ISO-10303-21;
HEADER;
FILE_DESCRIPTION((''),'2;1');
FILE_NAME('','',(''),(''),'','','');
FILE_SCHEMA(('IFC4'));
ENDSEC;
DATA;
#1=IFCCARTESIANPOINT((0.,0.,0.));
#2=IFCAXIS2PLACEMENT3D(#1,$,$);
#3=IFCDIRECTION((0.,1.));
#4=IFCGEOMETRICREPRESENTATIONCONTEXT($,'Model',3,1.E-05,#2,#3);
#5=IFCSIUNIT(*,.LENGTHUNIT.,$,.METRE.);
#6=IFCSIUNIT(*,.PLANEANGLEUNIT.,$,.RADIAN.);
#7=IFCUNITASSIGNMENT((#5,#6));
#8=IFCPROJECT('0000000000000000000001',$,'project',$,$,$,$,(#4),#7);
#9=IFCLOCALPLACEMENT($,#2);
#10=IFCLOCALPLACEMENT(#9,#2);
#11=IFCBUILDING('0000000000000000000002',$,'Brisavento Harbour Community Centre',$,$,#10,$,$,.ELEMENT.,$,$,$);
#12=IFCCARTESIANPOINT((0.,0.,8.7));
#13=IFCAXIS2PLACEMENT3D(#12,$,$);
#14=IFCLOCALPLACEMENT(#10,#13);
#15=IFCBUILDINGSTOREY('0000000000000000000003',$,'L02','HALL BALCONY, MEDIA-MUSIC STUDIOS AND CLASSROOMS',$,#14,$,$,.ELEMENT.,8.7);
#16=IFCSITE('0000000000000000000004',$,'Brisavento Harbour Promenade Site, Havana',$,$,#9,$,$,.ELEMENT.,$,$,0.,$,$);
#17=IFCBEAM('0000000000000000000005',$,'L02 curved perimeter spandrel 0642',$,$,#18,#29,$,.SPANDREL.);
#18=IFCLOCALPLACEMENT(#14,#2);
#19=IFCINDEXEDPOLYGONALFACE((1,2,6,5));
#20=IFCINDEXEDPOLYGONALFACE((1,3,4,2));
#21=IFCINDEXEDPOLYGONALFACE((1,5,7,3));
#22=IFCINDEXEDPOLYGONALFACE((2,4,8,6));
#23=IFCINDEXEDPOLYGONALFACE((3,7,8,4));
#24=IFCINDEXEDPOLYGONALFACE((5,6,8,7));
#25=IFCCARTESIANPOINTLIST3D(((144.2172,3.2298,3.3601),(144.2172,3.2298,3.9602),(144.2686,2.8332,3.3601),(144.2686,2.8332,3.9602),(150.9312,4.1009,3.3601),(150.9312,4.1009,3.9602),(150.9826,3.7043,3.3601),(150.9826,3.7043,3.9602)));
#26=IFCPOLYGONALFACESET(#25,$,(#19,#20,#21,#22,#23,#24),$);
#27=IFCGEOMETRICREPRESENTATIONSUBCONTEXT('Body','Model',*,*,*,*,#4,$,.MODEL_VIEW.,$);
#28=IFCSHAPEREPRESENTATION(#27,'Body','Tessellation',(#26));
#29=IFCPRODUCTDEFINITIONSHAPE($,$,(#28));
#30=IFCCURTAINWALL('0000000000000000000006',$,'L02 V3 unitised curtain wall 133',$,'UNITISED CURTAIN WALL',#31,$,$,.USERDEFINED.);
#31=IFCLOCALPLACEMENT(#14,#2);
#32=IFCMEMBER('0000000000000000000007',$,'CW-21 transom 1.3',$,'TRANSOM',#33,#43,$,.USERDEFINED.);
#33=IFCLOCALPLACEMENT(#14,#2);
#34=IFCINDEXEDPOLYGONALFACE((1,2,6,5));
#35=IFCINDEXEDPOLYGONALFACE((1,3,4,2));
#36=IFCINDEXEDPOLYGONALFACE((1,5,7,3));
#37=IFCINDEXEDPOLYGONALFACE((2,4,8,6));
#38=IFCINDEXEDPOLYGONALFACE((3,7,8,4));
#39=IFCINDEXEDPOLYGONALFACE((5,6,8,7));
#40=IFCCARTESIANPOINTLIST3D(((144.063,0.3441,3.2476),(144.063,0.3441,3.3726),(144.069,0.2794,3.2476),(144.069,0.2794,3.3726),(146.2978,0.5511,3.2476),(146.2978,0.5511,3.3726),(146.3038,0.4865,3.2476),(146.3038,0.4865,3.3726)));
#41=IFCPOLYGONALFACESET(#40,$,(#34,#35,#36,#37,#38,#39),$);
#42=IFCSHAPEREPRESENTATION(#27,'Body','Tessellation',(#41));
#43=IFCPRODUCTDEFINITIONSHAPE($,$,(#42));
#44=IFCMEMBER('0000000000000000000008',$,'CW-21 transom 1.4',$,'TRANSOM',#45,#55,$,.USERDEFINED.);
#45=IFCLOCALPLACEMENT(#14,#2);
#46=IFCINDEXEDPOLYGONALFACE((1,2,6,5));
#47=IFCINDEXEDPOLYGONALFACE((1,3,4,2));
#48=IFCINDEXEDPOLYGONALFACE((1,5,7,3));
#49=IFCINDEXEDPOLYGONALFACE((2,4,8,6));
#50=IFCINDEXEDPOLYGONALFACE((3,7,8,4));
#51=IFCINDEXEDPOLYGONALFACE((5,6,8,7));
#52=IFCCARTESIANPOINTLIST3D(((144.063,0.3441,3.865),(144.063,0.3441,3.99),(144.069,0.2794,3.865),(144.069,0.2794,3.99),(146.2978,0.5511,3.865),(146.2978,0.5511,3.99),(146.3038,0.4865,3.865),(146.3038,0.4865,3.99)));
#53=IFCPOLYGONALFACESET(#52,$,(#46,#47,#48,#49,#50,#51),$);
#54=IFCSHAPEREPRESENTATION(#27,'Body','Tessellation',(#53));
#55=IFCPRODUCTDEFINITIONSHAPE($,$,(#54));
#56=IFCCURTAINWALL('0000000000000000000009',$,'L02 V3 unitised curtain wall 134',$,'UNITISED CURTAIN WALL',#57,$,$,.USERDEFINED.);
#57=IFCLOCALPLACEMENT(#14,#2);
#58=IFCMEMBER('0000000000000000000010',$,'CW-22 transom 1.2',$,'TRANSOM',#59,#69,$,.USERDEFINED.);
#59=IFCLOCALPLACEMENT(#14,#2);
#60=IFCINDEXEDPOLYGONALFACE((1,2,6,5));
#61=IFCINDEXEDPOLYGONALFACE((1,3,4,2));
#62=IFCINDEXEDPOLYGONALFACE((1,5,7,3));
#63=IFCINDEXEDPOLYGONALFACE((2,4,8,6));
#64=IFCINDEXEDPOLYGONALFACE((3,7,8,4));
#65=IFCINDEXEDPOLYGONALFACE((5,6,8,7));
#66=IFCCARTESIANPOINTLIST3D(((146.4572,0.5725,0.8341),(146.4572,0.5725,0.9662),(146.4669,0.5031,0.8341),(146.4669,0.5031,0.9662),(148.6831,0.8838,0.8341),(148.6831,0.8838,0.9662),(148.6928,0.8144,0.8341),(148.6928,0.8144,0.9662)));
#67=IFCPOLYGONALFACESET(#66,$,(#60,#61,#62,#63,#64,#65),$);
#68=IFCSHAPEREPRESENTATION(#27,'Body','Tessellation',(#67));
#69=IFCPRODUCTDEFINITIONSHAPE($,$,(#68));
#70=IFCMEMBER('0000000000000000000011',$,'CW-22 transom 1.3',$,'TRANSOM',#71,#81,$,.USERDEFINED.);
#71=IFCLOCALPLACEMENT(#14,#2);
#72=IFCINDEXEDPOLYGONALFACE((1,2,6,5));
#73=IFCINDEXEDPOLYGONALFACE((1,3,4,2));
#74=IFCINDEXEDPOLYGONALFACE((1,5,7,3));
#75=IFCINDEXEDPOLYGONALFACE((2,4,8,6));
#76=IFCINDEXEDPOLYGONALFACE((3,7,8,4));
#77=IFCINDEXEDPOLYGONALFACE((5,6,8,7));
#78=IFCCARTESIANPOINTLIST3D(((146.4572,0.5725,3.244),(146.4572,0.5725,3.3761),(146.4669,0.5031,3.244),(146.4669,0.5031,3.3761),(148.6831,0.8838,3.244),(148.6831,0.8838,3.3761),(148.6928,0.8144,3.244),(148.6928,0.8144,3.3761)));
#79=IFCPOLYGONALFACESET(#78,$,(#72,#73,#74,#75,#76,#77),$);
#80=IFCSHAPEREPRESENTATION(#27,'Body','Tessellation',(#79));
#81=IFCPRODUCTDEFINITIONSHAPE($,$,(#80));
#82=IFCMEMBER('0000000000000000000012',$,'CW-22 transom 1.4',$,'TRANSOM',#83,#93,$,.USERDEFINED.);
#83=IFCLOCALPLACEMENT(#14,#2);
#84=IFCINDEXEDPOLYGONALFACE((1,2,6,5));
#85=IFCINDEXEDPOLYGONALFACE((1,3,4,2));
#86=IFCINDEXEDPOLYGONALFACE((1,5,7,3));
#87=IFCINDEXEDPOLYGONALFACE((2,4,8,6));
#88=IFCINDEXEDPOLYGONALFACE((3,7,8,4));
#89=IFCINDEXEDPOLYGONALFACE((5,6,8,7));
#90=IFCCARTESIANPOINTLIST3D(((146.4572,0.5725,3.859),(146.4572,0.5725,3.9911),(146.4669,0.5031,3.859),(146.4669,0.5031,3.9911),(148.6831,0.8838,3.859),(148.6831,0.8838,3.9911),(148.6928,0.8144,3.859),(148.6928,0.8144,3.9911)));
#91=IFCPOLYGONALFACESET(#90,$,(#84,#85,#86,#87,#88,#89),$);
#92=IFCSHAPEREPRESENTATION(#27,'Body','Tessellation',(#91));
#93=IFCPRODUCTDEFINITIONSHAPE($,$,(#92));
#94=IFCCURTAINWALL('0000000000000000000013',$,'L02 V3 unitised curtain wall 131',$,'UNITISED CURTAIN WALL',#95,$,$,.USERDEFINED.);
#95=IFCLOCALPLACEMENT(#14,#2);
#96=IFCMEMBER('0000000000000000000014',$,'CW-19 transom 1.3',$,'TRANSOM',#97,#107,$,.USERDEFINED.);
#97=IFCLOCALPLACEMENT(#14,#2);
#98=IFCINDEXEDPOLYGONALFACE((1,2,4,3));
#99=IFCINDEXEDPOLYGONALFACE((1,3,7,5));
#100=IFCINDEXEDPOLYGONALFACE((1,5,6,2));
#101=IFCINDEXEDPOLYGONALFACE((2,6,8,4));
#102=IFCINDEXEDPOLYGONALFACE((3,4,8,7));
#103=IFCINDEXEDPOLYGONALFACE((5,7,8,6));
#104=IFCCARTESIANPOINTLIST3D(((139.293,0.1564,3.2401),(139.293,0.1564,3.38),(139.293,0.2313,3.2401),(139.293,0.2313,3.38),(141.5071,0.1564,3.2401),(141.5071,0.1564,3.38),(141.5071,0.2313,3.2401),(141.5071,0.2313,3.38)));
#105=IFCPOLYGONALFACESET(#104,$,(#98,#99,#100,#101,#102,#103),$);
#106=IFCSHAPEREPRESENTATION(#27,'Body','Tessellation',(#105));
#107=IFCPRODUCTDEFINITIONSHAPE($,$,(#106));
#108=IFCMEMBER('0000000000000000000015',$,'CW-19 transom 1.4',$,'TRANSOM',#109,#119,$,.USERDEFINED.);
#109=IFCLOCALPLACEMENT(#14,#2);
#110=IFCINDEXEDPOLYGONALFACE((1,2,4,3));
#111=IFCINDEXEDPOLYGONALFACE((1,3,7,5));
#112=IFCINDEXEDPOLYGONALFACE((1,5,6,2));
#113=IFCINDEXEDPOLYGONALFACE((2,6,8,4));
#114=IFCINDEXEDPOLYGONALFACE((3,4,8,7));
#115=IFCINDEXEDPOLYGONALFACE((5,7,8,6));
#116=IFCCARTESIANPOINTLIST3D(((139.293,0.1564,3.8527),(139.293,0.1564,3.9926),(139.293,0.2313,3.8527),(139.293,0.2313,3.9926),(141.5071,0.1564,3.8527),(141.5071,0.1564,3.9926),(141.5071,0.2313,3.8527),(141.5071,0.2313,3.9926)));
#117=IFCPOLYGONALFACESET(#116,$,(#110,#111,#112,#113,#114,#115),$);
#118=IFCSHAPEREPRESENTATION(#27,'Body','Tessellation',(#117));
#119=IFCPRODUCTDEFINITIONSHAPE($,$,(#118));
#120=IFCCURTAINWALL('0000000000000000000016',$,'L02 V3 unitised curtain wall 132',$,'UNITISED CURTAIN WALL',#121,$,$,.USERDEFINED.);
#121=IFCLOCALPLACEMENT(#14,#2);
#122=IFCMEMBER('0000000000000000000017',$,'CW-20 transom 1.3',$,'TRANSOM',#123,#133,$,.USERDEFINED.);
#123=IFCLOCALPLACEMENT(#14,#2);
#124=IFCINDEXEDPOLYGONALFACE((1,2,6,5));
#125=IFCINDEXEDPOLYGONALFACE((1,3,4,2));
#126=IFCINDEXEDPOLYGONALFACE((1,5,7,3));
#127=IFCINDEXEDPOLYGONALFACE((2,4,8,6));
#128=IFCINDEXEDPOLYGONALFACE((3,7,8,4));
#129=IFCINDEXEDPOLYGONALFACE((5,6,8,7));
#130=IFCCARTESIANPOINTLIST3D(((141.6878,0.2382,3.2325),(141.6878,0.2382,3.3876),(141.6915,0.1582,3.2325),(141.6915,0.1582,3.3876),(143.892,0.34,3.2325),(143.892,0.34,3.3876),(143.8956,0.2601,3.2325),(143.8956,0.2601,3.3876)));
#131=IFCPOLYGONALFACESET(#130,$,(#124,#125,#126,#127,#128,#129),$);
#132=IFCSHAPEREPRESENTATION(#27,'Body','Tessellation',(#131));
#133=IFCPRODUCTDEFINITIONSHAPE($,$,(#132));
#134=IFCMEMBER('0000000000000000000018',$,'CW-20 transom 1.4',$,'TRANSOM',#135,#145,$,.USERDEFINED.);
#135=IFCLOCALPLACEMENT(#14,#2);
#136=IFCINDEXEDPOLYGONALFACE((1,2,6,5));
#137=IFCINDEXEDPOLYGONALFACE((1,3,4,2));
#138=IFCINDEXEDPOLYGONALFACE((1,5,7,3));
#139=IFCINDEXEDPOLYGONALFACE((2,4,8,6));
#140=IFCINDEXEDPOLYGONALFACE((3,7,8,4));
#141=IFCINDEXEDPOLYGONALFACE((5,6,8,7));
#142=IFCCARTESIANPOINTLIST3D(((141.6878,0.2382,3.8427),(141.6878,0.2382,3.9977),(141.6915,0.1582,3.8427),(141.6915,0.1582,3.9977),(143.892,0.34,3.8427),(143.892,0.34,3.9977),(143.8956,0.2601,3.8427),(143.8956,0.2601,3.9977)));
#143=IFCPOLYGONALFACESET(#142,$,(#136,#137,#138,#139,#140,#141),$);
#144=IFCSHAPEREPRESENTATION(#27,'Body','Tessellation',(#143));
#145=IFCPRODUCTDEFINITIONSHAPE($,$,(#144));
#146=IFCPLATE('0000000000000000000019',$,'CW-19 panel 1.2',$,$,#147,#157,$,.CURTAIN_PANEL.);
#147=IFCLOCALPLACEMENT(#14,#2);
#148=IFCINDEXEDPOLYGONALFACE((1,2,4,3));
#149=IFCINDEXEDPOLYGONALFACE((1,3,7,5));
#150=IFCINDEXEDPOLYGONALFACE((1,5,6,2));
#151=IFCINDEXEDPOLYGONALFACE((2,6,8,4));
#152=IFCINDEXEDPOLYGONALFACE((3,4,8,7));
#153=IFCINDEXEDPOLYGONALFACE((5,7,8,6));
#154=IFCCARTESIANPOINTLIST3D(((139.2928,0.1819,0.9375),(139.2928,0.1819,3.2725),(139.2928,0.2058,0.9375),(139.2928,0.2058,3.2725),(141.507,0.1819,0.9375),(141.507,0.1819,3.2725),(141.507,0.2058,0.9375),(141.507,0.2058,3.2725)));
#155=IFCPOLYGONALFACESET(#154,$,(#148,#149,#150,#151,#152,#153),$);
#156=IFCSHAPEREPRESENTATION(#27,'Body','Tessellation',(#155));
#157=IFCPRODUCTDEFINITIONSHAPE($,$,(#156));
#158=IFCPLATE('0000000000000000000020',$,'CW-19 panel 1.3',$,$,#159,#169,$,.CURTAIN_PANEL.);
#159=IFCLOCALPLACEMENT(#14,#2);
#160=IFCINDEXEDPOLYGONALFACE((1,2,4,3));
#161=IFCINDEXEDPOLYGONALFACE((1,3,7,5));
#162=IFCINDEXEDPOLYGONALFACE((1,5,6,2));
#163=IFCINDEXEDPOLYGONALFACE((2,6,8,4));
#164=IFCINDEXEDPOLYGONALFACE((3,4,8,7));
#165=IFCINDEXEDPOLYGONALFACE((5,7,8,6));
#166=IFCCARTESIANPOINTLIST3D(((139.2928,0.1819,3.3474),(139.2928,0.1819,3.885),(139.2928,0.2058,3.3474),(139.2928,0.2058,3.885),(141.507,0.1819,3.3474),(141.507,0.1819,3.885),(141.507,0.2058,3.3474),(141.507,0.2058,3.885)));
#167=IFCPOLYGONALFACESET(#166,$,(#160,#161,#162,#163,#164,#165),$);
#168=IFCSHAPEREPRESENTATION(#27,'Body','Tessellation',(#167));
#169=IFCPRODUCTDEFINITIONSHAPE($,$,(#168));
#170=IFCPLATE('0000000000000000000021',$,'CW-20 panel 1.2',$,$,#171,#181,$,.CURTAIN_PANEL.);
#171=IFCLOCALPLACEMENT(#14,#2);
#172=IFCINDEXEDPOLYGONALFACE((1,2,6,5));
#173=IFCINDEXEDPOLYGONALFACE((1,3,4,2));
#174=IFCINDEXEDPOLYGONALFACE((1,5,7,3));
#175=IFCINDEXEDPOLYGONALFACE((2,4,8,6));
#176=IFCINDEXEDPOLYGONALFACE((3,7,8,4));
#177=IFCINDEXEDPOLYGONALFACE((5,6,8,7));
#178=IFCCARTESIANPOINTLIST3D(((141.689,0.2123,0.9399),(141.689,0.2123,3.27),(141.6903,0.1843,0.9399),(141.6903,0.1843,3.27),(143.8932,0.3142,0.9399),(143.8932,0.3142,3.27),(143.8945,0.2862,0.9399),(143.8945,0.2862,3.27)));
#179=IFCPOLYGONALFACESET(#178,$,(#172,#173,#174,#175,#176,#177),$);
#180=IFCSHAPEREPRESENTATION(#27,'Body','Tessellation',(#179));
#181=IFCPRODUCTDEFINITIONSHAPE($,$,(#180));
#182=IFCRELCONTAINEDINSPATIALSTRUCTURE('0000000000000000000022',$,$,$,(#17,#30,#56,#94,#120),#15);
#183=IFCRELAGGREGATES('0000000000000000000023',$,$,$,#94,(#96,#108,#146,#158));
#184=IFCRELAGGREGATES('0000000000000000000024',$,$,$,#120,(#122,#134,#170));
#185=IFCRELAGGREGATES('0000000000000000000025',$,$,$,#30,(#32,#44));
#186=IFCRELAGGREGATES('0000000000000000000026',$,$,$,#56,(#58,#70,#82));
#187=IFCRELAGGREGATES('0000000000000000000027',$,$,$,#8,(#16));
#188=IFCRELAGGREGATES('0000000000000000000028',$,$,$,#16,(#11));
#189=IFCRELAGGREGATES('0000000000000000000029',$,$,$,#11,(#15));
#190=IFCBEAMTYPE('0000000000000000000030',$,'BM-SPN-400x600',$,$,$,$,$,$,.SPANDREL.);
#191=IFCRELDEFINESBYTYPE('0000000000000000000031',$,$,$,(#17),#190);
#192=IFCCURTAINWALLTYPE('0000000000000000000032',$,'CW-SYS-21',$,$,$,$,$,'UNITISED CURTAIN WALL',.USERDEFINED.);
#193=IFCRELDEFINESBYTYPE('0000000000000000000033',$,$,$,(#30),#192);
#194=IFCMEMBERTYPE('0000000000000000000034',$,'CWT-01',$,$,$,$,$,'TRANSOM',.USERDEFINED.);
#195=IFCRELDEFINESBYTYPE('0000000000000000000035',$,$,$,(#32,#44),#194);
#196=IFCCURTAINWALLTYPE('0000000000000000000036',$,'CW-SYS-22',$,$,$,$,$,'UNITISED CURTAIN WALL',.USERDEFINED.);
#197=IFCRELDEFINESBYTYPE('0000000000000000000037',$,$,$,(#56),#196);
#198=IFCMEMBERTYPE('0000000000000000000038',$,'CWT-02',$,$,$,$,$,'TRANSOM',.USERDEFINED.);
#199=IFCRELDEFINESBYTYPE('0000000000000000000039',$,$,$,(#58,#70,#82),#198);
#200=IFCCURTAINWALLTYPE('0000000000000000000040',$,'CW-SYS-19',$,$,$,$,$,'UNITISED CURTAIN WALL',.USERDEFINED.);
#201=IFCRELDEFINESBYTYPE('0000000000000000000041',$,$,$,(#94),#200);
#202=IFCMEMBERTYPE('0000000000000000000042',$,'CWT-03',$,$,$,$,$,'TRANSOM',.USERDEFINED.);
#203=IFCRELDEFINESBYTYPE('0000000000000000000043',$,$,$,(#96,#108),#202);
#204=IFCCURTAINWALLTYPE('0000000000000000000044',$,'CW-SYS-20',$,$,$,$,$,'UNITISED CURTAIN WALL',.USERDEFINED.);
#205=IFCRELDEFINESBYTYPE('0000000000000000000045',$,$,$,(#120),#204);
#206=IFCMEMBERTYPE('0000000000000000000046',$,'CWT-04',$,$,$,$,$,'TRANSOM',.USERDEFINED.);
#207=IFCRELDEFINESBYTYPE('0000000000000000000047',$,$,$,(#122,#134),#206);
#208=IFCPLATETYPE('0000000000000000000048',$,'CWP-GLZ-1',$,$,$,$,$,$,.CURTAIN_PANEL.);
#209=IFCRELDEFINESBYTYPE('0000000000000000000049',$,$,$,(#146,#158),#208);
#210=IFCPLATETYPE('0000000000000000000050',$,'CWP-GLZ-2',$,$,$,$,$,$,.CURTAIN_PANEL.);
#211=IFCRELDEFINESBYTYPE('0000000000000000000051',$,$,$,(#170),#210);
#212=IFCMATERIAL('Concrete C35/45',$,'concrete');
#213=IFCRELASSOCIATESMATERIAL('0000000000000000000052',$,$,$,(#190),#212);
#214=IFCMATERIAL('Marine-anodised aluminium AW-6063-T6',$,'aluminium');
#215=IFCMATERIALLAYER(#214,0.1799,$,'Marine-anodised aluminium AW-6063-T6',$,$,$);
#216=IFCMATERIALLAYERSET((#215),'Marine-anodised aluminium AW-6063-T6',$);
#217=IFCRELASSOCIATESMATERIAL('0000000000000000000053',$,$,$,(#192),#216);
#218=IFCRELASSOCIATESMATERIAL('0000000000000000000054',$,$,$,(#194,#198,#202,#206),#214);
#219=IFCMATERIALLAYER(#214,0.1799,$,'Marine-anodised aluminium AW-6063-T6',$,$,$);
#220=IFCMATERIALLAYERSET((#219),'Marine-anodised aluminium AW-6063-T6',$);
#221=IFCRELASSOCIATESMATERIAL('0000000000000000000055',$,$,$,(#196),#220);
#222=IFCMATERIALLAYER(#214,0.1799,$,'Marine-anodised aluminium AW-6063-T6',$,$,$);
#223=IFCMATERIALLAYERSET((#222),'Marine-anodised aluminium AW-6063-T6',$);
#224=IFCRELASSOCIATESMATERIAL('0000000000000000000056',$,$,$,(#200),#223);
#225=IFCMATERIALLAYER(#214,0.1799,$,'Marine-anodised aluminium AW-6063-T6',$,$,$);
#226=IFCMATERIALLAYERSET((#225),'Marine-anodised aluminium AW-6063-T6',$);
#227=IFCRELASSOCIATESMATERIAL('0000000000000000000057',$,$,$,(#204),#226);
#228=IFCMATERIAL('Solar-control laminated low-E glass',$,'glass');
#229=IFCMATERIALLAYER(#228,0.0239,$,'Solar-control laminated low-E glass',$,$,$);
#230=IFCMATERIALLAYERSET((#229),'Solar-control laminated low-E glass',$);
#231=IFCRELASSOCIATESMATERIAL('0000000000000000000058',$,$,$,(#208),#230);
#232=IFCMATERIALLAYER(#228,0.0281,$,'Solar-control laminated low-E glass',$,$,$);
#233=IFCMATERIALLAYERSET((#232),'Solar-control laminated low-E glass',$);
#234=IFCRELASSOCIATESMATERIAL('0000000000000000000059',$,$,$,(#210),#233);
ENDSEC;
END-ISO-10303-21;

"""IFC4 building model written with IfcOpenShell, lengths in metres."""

from ifc_helpers import new_model, si_unit, direction, frame, origin, origin_2d, place, context, subcontext, project, spatial, rectangle, extrude, material, layer, layer_set, material_profile, profile_set, type_object, element, aggregate, save


model = new_model("IFC4")

# Units and contexts
model_context = context("Model", 3, precision=1e-05, world=origin(), true_north=direction((0.0, 1.0)))
body_context = subcontext(model_context, "Body", "Model", "MODEL_VIEW")
ifc_project = project(units=[si_unit("LENGTHUNIT", "METRE"), si_unit("PLANEANGLEUNIT", "RADIAN")], contexts=[model_context])

# Site, building, storey
site_placement = place(None, origin())
site = spatial("IfcSite", under=ifc_project, at=site_placement, Name="Brisavento Harbour Promenade Site, Havana", CompositionType="ELEMENT", RefElevation=0.0)
building_placement = place(site_placement, origin())
building = spatial("IfcBuilding", under=site, at=building_placement, Name="Brisavento Harbour Community Centre", CompositionType="ELEMENT")
storey_placement = place(building_placement, frame((0.0, 0.0, 8.7)))
storey = spatial("IfcBuildingStorey", under=building, at=storey_placement, Name="L02", Description="HALL BALCONY, MEDIA-MUSIC STUDIOS AND CLASSROOMS", CompositionType="ELEMENT", Elevation=8.7)

# Beam
ifc_material_1 = material(Name="Concrete C35/45", Category="concrete")
ifc_material_profile_1 = material_profile(ifc_material_1, rectangle(XDim=0.3999, YDim=0.6001, at=origin_2d()), Name="Concrete C35/45")
ifc_profile_set_1 = profile_set([ifc_material_profile_1], Name="Concrete C35/45")
beam_type = type_object("IfcBeamType", Name="BM-SPN-400x600", PredefinedType="SPANDREL", material=ifc_profile_set_1)
beam_placement = place(storey_placement, frame((144.2429, 3.0315, 3.6602), z_axis=(0.991688, 0.128662, 0.0), x_axis=(-0.128662, 0.991688, 0.0)))
element("IfcBeam", 1, at=beam_placement, inside=storey, type_object=beam_type, Name="L02 curved perimeter spandrel 0642", PredefinedType="SPANDREL", context=body_context, shape_type="SweptSolid", body=[
    extrude(rectangle(XDim=0.3999, YDim=0.6001, at=origin_2d()), origin(), (0.0, 0.0, 1.0), 6.7703),
])

# Curtain walls, members
ifc_material_2 = material(Name="Marine-anodised aluminium AW-6063-T6", Category="aluminium")
ifc_layer_1 = layer(ifc_material_2, 0.1799, Name="Marine-anodised aluminium AW-6063-T6")
ifc_layer_set_1 = layer_set([ifc_layer_1], Name="Marine-anodised aluminium AW-6063-T6")
curtain_wall_type_1 = type_object("IfcCurtainWallType", Name="CW-SYS-21", ElementType="UNITISED CURTAIN WALL", PredefinedType="USERDEFINED", material=ifc_layer_set_1)
curtain_wall_1_placement = place(storey_placement, origin())
curtain_wall_1 = element("IfcCurtainWall", 2, at=curtain_wall_1_placement, inside=storey, type_object=curtain_wall_type_1, Name="L02 V3 unitised curtain wall 133", ObjectType="UNITISED CURTAIN WALL", PredefinedType="USERDEFINED")
ifc_material_profile_2 = material_profile(ifc_material_2, rectangle(XDim=0.0649, YDim=0.125, at=origin_2d()), Name="Marine-anodised aluminium AW-6063-T6")
ifc_profile_set_2 = profile_set([ifc_material_profile_2], Name="Marine-anodised aluminium AW-6063-T6")
member_type_1 = type_object("IfcMemberType", Name="CWT-01", ElementType="TRANSOM", PredefinedType="USERDEFINED", material=ifc_profile_set_2)
member_1_placement = place(storey_placement, frame((146.3008, 0.5188, 3.3101), z_axis=(-0.995737, -0.092242, 0.0), x_axis=(0.092242, -0.995737, 0.0)))
member_1 = element("IfcMember", 3, at=member_1_placement, type_object=member_type_1, Name="CW-21 transom 1.3", ObjectType="TRANSOM", PredefinedType="USERDEFINED", context=body_context, shape_type="SweptSolid", body=[
    extrude(rectangle(XDim=0.0649, YDim=0.125, at=origin_2d()), origin(), (0.0, 0.0, 1.0), 2.2444),
])
member_2_placement = place(storey_placement, frame((146.3008, 0.5188, 3.9275), z_axis=(-0.995737, -0.092242, 0.0), x_axis=(0.092242, -0.995737, 0.0)))
member_2 = element("IfcMember", 4, at=member_2_placement, type_object=member_type_1, Name="CW-21 transom 1.4", ObjectType="TRANSOM", PredefinedType="USERDEFINED", context=body_context, shape_type="SweptSolid", body=[
    extrude(rectangle(XDim=0.0649, YDim=0.125, at=origin_2d()), origin(), (0.0, 0.0, 1.0), 2.2444),
])
ifc_layer_2 = layer(ifc_material_2, 0.1799, Name="Marine-anodised aluminium AW-6063-T6")
ifc_layer_set_2 = layer_set([ifc_layer_2], Name="Marine-anodised aluminium AW-6063-T6")
curtain_wall_type_2 = type_object("IfcCurtainWallType", Name="CW-SYS-22", ElementType="UNITISED CURTAIN WALL", PredefinedType="USERDEFINED", material=ifc_layer_set_2)
curtain_wall_2_placement = place(storey_placement, origin())
curtain_wall_2 = element("IfcCurtainWall", 5, at=curtain_wall_2_placement, inside=storey, type_object=curtain_wall_type_2, Name="L02 V3 unitised curtain wall 134", ObjectType="UNITISED CURTAIN WALL", PredefinedType="USERDEFINED")
ifc_material_profile_3 = material_profile(ifc_material_2, rectangle(XDim=0.0701, YDim=0.1321, at=origin_2d()), Name="Marine-anodised aluminium AW-6063-T6")
ifc_profile_set_3 = profile_set([ifc_material_profile_3], Name="Marine-anodised aluminium AW-6063-T6")
member_type_2 = type_object("IfcMemberType", Name="CWT-02", ElementType="TRANSOM", PredefinedType="USERDEFINED", material=ifc_profile_set_3)
member_3_placement = place(storey_placement, frame((148.688, 0.8491, 0.9001), z_axis=(-0.990362, -0.138501, 0.0), x_axis=(0.138501, -0.990362, 0.0)))
member_3 = element("IfcMember", 6, at=member_3_placement, type_object=member_type_2, Name="CW-22 transom 1.2", ObjectType="TRANSOM", PredefinedType="USERDEFINED", context=body_context, shape_type="SweptSolid", body=[
    extrude(rectangle(XDim=0.0701, YDim=0.1321, at=origin_2d()), origin(), (0.0, 0.0, 1.0), 2.2476),
])
member_4_placement = place(storey_placement, frame((148.688, 0.8491, 3.3101), z_axis=(-0.990362, -0.138501, 0.0), x_axis=(0.138501, -0.990362, 0.0)))
member_4 = element("IfcMember", 7, at=member_4_placement, type_object=member_type_2, Name="CW-22 transom 1.3", ObjectType="TRANSOM", PredefinedType="USERDEFINED", context=body_context, shape_type="SweptSolid", body=[
    extrude(rectangle(XDim=0.0701, YDim=0.1321, at=origin_2d()), origin(), (0.0, 0.0, 1.0), 2.2476),
])
member_5_placement = place(storey_placement, frame((148.688, 0.8491, 3.925), z_axis=(-0.990362, -0.138501, 0.0), x_axis=(0.138501, -0.990362, 0.0)))
member_5 = element("IfcMember", 8, at=member_5_placement, type_object=member_type_2, Name="CW-22 transom 1.4", ObjectType="TRANSOM", PredefinedType="USERDEFINED", context=body_context, shape_type="SweptSolid", body=[
    extrude(rectangle(XDim=0.0701, YDim=0.1321, at=origin_2d()), origin(), (0.0, 0.0, 1.0), 2.2476),
])
ifc_layer_3 = layer(ifc_material_2, 0.1799, Name="Marine-anodised aluminium AW-6063-T6")
ifc_layer_set_3 = layer_set([ifc_layer_3], Name="Marine-anodised aluminium AW-6063-T6")
curtain_wall_type_3 = type_object("IfcCurtainWallType", Name="CW-SYS-19", ElementType="UNITISED CURTAIN WALL", PredefinedType="USERDEFINED", material=ifc_layer_set_3)
curtain_wall_3_placement = place(storey_placement, origin())
curtain_wall_3 = element("IfcCurtainWall", 9, at=curtain_wall_3_placement, inside=storey, type_object=curtain_wall_type_3, Name="L02 V3 unitised curtain wall 131", ObjectType="UNITISED CURTAIN WALL", PredefinedType="USERDEFINED")
ifc_material_profile_4 = material_profile(ifc_material_2, rectangle(XDim=0.075, YDim=0.1399, at=origin_2d()), Name="Marine-anodised aluminium AW-6063-T6")
ifc_profile_set_4 = profile_set([ifc_material_profile_4], Name="Marine-anodised aluminium AW-6063-T6")
member_type_3 = type_object("IfcMemberType", Name="CWT-03", ElementType="TRANSOM", PredefinedType="USERDEFINED", material=ifc_profile_set_4)
member_6_placement = place(storey_placement, frame((141.5071, 0.1938, 3.3101), z_axis=(-1.0, 0.0, 0.0), x_axis=(0.0, -1.0, 0.0)))
member_6 = element("IfcMember", 10, at=member_6_placement, type_object=member_type_3, Name="CW-19 transom 1.3", ObjectType="TRANSOM", PredefinedType="USERDEFINED", context=body_context, shape_type="SweptSolid", body=[
    extrude(rectangle(XDim=0.075, YDim=0.1399, at=origin_2d()), origin(), (0.0, 0.0, 1.0), 2.2141),
])
member_7_placement = place(storey_placement, frame((141.5071, 0.1938, 3.9226), z_axis=(-1.0, 0.0, 0.0), x_axis=(0.0, -1.0, 0.0)))
member_7 = element("IfcMember", 11, at=member_7_placement, type_object=member_type_3, Name="CW-19 transom 1.4", ObjectType="TRANSOM", PredefinedType="USERDEFINED", context=body_context, shape_type="SweptSolid", body=[
    extrude(rectangle(XDim=0.075, YDim=0.1399, at=origin_2d()), origin(), (0.0, 0.0, 1.0), 2.2141),
])
ifc_layer_4 = layer(ifc_material_2, 0.1799, Name="Marine-anodised aluminium AW-6063-T6")
ifc_layer_set_4 = layer_set([ifc_layer_4], Name="Marine-anodised aluminium AW-6063-T6")
curtain_wall_type_4 = type_object("IfcCurtainWallType", Name="CW-SYS-20", ElementType="UNITISED CURTAIN WALL", PredefinedType="USERDEFINED", material=ifc_layer_set_4)
curtain_wall_4_placement = place(storey_placement, origin())
curtain_wall_4 = element("IfcCurtainWall", 12, at=curtain_wall_4_placement, inside=storey, type_object=curtain_wall_type_4, Name="L02 V3 unitised curtain wall 132", ObjectType="UNITISED CURTAIN WALL", PredefinedType="USERDEFINED")
ifc_material_profile_5 = material_profile(ifc_material_2, rectangle(XDim=0.0801, YDim=0.155, at=origin_2d()), Name="Marine-anodised aluminium AW-6063-T6")
ifc_profile_set_5 = profile_set([ifc_material_profile_5], Name="Marine-anodised aluminium AW-6063-T6")
member_type_4 = type_object("IfcMemberType", Name="CWT-04", ElementType="TRANSOM", PredefinedType="USERDEFINED", material=ifc_profile_set_5)
member_8_placement = place(storey_placement, frame((143.8938, 0.3, 3.3101), z_axis=(-0.998935, -0.04614, 0.0), x_axis=(0.04614, -0.998935, 0.0)))
member_8 = element("IfcMember", 13, at=member_8_placement, type_object=member_type_4, Name="CW-20 transom 1.3", ObjectType="TRANSOM", PredefinedType="USERDEFINED", context=body_context, shape_type="SweptSolid", body=[
    extrude(rectangle(XDim=0.0801, YDim=0.155, at=origin_2d()), origin(), (0.0, 0.0, 1.0), 2.2065),
])
member_9_placement = place(storey_placement, frame((143.8938, 0.3, 3.9202), z_axis=(-0.998935, -0.04614, 0.0), x_axis=(0.04614, -0.998935, 0.0)))
member_9 = element("IfcMember", 14, at=member_9_placement, type_object=member_type_4, Name="CW-20 transom 1.4", ObjectType="TRANSOM", PredefinedType="USERDEFINED", context=body_context, shape_type="SweptSolid", body=[
    extrude(rectangle(XDim=0.0801, YDim=0.155, at=origin_2d()), origin(), (0.0, 0.0, 1.0), 2.2065),
])

# Plates
ifc_material_3 = material(Name="Solar-control laminated low-E glass", Category="glass")
ifc_layer_5 = layer(ifc_material_3, 0.0239, Name="Solar-control laminated low-E glass")
ifc_layer_set_5 = layer_set([ifc_layer_5], Name="Solar-control laminated low-E glass")
plate_type_1 = type_object("IfcPlateType", Name="CWP-GLZ-1", PredefinedType="CURTAIN_PANEL", material=ifc_layer_set_5)
plate_1_placement = place(storey_placement, frame((140.3999, 0.1938, 0.9375), z_axis=(0.0, 0.0, 1.0), x_axis=(-1.0, 0.0, 0.0)))
plate_1 = element("IfcPlate", 15, at=plate_1_placement, type_object=plate_type_1, Name="CW-19 panel 1.2", PredefinedType="CURTAIN_PANEL", context=body_context, shape_type="SweptSolid", body=[
    extrude(rectangle(XDim=2.2141, YDim=0.0239, at=origin_2d()), origin(), (0.0, 0.0, 1.0), 2.335),
])
plate_2_placement = place(storey_placement, frame((140.3999, 0.1938, 3.3474), z_axis=(0.0, 0.0, 1.0), x_axis=(-1.0, 0.0, 0.0)))
plate_2 = element("IfcPlate", 16, at=plate_2_placement, type_object=plate_type_1, Name="CW-19 panel 1.3", PredefinedType="CURTAIN_PANEL", context=body_context, shape_type="SweptSolid", body=[
    extrude(rectangle(XDim=2.2141, YDim=0.0239, at=origin_2d()), origin(), (0.0, 0.0, 1.0), 0.5376),
])
aggregate(curtain_wall_3, [member_6, member_7, plate_1, plate_2])
ifc_layer_6 = layer(ifc_material_3, 0.0281, Name="Solar-control laminated low-E glass")
ifc_layer_set_6 = layer_set([ifc_layer_6], Name="Solar-control laminated low-E glass")
plate_type_2 = type_object("IfcPlateType", Name="CWP-GLZ-2", PredefinedType="CURTAIN_PANEL", material=ifc_layer_set_6)
plate_3_placement = place(storey_placement, frame((142.7917, 0.2493, 0.9399), z_axis=(0.0, 0.0, 1.0), x_axis=(-0.998933, -0.046186, 0.0)))
plate_3 = element("IfcPlate", 17, at=plate_3_placement, type_object=plate_type_2, Name="CW-20 panel 1.2", PredefinedType="CURTAIN_PANEL", context=body_context, shape_type="SweptSolid", body=[
    extrude(rectangle(XDim=2.2065, YDim=0.0281, at=origin_2d()), origin(), (0.0, 0.0, 1.0), 2.3301),
])
aggregate(curtain_wall_4, [member_8, member_9, plate_3])
aggregate(curtain_wall_1, [member_1, member_2])
aggregate(curtain_wall_2, [member_3, member_4, member_5])

save(model, "model.ifc")
